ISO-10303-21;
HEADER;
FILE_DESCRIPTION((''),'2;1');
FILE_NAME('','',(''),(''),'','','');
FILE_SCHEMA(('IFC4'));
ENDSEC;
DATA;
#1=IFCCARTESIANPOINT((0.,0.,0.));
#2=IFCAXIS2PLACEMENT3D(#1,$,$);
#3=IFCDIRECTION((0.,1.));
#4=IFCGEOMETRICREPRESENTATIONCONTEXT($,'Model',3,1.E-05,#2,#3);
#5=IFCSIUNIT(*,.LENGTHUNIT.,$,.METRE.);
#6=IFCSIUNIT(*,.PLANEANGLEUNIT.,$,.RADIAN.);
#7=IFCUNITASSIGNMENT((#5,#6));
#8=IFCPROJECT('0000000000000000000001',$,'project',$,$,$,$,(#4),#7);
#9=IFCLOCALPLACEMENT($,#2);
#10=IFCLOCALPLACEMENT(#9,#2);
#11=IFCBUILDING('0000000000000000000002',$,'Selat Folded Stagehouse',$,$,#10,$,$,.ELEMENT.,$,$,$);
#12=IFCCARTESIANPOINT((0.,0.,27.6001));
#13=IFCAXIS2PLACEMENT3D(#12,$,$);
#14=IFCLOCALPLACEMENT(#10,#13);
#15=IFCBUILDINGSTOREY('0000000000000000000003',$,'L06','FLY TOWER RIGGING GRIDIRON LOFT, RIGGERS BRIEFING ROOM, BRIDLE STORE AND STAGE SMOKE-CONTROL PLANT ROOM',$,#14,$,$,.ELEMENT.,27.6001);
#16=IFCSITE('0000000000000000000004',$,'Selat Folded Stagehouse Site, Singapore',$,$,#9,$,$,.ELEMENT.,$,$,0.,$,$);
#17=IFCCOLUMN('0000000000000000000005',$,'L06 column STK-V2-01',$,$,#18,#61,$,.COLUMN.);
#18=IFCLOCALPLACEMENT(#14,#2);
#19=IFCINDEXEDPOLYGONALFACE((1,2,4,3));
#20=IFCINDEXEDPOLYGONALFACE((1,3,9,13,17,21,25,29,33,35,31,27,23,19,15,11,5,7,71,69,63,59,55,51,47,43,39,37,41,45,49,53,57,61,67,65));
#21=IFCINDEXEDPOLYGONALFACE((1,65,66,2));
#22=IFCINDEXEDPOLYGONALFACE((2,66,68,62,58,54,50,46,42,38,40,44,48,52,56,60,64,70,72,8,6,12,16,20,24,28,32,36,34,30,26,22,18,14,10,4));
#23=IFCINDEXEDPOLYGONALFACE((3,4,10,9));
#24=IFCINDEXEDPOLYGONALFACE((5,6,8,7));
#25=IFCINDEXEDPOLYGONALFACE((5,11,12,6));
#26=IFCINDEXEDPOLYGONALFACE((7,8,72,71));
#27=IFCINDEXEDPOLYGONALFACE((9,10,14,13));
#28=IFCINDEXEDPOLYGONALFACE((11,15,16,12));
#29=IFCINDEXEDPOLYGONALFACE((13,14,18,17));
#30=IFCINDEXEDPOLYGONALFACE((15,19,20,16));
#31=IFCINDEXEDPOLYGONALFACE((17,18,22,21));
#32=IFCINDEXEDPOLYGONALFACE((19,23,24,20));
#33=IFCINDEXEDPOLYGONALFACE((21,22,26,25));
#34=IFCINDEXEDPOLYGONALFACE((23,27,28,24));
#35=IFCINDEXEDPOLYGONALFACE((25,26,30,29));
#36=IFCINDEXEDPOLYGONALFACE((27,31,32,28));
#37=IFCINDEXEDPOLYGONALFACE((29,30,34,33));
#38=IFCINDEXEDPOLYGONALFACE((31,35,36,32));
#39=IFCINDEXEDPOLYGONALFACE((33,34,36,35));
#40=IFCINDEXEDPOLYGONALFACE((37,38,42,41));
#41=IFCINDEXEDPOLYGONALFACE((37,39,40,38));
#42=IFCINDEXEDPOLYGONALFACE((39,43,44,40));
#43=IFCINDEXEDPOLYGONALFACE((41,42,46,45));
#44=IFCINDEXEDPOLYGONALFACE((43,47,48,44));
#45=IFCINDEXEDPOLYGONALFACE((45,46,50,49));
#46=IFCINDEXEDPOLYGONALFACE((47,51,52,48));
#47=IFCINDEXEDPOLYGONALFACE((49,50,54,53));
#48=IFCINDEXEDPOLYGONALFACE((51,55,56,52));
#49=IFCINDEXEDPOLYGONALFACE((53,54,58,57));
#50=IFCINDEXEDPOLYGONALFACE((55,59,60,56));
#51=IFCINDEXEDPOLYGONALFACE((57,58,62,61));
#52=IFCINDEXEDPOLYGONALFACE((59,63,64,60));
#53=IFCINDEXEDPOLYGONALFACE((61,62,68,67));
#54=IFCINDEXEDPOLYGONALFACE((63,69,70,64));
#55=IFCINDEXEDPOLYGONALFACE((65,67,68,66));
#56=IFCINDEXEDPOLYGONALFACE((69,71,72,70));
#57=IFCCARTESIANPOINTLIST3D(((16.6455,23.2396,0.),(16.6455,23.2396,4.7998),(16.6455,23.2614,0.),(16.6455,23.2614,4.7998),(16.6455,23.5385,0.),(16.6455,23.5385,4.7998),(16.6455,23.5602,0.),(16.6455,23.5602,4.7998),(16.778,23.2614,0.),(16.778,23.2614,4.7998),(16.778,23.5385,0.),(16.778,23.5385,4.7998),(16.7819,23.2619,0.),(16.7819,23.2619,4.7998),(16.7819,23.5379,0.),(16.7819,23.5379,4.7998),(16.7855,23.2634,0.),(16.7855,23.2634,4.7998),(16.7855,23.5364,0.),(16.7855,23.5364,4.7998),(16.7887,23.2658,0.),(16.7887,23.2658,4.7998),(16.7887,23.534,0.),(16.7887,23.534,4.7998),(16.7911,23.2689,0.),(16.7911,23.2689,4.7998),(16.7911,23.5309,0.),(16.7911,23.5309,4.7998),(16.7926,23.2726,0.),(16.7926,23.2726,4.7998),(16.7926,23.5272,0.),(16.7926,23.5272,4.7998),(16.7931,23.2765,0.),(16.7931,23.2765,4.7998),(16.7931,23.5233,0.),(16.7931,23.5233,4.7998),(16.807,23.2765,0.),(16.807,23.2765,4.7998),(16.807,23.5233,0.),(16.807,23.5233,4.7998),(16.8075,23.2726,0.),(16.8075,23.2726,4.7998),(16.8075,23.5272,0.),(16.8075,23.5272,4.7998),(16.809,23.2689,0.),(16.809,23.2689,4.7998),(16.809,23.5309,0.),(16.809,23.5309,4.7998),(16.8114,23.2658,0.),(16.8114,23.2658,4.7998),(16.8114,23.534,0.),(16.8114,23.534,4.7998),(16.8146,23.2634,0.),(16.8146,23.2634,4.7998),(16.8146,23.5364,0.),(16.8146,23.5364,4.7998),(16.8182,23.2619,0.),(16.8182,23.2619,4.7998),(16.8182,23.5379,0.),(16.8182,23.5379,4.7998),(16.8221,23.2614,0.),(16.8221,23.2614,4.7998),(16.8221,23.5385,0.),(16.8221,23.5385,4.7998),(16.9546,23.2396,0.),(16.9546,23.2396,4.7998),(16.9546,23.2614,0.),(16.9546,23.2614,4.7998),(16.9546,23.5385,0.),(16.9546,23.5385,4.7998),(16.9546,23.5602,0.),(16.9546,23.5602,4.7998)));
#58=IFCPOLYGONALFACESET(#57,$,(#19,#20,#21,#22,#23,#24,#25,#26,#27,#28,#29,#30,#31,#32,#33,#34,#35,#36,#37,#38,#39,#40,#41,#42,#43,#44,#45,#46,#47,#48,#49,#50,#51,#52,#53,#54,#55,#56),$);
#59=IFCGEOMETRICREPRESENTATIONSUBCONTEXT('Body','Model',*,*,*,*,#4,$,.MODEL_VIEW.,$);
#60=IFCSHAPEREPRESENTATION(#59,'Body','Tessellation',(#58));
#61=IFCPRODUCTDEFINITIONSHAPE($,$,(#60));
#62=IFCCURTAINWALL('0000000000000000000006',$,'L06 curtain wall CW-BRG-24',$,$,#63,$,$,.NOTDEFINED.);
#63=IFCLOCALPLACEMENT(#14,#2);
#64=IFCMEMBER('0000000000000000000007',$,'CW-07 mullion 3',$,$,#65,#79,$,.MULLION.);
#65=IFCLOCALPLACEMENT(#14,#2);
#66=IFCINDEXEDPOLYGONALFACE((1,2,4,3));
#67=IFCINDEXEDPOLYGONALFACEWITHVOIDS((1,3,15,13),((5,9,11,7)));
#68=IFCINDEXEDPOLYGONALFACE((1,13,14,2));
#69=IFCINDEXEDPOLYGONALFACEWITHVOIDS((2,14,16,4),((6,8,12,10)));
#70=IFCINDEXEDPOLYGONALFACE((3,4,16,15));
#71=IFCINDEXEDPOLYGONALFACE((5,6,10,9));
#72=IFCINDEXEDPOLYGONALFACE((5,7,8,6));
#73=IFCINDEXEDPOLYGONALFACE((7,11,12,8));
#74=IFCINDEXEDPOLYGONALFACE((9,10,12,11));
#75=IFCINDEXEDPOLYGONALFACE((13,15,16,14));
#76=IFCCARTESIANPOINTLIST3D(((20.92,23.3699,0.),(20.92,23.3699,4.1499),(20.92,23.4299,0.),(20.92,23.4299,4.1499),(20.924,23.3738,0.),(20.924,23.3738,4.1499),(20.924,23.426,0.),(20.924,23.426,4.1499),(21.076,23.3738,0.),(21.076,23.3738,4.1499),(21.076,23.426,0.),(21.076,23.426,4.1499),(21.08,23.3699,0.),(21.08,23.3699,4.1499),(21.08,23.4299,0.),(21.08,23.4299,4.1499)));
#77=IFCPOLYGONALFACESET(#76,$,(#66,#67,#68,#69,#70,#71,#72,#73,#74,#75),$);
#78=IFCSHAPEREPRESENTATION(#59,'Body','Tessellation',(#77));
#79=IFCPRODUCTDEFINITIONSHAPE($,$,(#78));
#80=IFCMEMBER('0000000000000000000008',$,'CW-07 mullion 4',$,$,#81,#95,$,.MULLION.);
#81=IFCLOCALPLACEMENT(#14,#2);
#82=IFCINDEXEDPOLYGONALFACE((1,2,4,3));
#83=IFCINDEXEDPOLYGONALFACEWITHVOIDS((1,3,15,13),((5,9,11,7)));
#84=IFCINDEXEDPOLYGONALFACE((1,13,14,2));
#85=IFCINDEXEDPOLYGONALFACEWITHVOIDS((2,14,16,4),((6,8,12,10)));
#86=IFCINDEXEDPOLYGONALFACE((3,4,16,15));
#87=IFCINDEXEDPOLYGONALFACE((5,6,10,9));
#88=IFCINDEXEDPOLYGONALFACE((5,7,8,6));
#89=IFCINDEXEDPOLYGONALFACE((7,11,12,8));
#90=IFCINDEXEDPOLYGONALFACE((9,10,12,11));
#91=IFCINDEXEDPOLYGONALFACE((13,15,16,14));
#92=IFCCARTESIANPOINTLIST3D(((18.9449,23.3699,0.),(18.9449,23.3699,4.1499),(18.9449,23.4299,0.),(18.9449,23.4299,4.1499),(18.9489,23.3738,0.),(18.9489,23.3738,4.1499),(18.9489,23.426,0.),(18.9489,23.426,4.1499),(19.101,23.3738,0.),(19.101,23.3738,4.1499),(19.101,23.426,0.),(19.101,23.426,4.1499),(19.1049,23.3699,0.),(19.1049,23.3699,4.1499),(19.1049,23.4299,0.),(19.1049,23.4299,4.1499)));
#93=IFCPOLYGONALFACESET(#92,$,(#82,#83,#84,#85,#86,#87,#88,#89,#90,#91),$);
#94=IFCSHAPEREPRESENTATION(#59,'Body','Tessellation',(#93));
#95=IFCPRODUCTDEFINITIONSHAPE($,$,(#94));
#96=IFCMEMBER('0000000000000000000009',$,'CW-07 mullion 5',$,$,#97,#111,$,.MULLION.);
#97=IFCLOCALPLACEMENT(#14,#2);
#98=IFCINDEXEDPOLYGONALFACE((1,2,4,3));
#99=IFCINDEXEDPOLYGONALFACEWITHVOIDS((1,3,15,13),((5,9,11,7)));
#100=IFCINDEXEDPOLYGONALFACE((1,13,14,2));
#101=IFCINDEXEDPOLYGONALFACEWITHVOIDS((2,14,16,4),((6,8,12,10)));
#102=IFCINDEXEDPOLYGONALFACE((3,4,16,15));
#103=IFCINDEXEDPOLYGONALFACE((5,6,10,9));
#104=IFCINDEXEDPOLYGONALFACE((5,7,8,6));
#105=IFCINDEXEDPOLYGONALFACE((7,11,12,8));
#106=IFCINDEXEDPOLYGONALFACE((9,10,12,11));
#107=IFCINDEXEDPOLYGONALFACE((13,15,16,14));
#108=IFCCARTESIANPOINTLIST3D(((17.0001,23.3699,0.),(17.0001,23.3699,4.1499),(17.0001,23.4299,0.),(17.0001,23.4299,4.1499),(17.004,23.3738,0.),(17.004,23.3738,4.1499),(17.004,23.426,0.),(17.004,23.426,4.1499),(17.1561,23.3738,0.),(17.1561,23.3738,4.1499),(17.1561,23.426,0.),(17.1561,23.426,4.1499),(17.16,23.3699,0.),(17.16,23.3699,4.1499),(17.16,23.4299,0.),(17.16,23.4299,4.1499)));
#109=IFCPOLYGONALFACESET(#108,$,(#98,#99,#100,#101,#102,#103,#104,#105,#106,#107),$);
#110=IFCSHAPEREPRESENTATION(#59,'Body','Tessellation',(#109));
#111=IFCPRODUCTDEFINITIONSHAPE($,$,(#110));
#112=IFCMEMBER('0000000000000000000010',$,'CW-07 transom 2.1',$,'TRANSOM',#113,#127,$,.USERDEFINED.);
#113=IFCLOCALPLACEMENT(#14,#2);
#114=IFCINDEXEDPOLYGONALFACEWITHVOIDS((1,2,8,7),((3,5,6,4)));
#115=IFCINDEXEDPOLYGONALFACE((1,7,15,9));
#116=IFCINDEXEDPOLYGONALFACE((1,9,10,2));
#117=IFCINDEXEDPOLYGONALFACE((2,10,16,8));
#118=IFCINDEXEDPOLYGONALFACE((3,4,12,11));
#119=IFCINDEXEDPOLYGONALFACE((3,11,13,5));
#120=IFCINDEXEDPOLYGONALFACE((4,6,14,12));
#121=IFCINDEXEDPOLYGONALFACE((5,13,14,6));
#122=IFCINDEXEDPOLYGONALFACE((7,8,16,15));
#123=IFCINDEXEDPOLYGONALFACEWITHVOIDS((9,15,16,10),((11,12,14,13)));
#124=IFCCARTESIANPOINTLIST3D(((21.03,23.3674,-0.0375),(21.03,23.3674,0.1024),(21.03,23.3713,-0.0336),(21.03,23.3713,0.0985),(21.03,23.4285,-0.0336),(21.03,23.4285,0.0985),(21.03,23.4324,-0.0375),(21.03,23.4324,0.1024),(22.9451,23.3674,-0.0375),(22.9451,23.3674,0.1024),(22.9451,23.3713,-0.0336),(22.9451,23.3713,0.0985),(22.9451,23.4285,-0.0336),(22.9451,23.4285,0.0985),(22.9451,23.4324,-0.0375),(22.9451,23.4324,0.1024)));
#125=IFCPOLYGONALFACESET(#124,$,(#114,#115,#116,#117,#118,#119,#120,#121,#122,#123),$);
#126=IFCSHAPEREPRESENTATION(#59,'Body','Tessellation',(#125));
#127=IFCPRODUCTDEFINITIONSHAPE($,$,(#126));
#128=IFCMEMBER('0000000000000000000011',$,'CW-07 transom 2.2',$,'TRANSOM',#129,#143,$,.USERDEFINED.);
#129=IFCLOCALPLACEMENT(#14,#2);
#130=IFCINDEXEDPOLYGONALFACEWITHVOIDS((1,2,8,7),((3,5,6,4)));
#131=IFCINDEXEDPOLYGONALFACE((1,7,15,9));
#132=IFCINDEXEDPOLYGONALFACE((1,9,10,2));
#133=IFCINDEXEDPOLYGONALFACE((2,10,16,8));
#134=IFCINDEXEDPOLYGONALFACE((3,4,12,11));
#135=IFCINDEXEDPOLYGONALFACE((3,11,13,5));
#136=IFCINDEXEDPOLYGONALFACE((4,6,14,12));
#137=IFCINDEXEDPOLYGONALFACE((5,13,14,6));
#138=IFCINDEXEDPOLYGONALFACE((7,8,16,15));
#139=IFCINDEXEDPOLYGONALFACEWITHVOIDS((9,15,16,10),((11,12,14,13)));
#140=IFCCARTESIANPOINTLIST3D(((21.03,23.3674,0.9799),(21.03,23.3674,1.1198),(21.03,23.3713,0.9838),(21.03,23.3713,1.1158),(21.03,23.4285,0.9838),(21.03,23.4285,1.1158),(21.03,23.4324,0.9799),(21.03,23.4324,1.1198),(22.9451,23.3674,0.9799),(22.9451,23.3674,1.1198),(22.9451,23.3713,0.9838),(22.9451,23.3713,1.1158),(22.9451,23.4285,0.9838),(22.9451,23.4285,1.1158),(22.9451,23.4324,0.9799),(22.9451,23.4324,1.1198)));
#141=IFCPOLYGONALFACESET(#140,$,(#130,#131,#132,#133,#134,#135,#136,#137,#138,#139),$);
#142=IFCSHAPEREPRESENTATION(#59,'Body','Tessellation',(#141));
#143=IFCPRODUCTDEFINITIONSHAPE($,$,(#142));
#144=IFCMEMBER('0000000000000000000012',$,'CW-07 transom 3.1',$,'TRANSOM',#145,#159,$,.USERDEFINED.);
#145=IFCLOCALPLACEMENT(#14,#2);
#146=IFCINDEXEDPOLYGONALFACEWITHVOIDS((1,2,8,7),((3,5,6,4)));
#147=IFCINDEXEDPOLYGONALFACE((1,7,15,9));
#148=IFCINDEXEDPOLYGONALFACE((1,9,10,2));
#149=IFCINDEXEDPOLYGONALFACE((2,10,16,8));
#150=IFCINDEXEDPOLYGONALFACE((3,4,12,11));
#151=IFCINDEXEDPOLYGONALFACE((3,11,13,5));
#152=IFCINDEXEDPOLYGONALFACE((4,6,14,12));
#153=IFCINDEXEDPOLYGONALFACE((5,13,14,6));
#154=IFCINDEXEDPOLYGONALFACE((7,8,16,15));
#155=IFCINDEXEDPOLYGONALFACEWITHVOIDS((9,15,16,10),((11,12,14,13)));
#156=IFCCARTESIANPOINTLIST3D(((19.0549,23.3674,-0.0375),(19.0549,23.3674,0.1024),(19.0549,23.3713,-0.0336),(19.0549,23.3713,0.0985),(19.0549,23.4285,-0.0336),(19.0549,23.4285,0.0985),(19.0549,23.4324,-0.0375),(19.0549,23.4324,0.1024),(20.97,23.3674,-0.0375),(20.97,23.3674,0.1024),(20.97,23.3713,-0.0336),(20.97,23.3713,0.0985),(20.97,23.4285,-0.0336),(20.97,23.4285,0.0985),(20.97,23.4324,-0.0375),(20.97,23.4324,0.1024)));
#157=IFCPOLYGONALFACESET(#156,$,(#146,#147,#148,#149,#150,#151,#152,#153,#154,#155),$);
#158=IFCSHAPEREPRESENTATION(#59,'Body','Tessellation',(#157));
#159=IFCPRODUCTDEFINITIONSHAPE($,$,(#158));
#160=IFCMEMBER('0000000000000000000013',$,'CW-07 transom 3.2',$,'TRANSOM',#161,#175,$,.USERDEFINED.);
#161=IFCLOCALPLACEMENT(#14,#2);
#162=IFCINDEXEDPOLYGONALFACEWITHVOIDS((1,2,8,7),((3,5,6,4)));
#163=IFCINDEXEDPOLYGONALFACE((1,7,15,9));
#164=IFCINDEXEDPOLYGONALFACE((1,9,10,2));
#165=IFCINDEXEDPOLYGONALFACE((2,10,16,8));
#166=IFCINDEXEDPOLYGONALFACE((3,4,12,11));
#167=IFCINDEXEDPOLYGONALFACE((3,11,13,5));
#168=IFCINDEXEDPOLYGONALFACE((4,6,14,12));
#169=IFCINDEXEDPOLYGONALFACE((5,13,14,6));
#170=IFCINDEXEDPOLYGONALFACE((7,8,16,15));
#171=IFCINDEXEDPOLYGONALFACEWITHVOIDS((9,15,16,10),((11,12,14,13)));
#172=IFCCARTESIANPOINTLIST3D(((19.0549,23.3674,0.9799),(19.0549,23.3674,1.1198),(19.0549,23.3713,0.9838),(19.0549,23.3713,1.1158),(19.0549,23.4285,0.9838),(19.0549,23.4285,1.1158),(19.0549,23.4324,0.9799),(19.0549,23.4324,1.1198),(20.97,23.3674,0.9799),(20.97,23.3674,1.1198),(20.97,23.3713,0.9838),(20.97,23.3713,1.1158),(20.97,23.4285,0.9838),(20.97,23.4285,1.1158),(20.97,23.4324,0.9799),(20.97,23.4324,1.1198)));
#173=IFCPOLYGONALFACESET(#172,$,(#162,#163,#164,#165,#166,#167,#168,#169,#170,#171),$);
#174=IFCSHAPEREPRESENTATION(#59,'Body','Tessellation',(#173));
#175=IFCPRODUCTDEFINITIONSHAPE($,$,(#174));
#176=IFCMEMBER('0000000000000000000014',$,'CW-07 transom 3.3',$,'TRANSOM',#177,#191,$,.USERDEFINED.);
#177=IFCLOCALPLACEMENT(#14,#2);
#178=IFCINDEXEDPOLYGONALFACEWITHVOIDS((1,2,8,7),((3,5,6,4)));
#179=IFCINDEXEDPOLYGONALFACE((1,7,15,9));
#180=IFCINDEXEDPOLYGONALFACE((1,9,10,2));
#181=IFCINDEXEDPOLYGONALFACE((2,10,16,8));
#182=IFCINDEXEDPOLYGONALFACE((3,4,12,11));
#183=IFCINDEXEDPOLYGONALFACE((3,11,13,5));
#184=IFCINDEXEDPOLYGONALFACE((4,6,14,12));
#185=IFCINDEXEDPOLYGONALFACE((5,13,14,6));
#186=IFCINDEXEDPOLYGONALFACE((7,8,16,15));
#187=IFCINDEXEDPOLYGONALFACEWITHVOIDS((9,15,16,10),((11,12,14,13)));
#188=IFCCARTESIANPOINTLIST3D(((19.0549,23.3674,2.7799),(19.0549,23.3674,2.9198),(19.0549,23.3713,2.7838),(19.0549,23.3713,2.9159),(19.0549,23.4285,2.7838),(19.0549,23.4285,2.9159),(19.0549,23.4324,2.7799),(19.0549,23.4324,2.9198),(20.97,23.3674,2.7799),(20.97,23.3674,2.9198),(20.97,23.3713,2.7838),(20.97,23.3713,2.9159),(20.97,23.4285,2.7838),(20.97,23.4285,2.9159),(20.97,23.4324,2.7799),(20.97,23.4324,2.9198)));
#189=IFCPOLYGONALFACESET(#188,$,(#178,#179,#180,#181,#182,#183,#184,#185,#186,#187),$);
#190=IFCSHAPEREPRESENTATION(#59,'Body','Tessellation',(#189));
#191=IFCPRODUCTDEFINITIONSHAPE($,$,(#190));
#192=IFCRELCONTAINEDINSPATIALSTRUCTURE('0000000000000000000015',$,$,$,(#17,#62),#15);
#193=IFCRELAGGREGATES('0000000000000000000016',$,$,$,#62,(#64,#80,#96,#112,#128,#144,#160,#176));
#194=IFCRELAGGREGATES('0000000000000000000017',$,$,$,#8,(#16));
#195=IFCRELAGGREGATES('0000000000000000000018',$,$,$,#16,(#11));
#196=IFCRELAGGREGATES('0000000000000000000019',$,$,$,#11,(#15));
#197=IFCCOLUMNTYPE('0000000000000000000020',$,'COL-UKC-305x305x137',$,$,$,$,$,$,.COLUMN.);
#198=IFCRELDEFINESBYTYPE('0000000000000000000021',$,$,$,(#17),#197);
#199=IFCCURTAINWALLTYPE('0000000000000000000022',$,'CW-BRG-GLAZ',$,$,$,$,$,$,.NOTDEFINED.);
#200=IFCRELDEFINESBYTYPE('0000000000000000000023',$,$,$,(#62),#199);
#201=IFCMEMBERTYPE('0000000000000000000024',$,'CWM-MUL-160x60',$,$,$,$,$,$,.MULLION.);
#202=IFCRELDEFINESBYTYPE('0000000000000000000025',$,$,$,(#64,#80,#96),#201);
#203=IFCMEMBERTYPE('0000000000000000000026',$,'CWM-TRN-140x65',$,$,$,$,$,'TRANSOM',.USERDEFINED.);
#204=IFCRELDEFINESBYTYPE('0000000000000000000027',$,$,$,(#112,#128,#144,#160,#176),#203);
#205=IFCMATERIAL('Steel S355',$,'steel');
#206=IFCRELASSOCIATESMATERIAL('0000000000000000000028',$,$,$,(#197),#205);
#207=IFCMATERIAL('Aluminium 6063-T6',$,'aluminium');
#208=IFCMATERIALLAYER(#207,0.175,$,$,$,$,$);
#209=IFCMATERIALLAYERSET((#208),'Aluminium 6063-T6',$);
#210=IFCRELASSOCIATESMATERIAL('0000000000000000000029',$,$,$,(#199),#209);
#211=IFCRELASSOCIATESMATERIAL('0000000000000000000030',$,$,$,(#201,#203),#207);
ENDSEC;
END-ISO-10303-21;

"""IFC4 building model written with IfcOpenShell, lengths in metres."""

from ifc_helpers import new_model, si_unit, direction, frame, origin, origin_2d, place, context, subcontext, project, spatial, hollow_rectangle, i_section, extrude, material, layer, layer_set, material_profile, profile_set, type_object, element, aggregate, save


model = new_model("IFC4")

# Units and contexts
model_context = context("Model", 3, precision=1e-05, world=origin(), true_north=direction((0.0, 1.0)))
body_context = subcontext(model_context, "Body", "Model", "MODEL_VIEW")
ifc_project = project(units=[si_unit("LENGTHUNIT", "METRE"), si_unit("PLANEANGLEUNIT", "RADIAN")], contexts=[model_context])

# Site, building, storey
site_placement = place(None, origin())
site = spatial("IfcSite", under=ifc_project, at=site_placement, Name="Selat Folded Stagehouse Site, Singapore", CompositionType="ELEMENT", RefElevation=0.0)
building_placement = place(site_placement, origin())
building = spatial("IfcBuilding", under=site, at=building_placement, Name="Selat Folded Stagehouse", CompositionType="ELEMENT")
storey_placement = place(building_placement, frame((0.0, 0.0, 27.6001)))
storey = spatial("IfcBuildingStorey", under=building, at=storey_placement, Name="L06", Description="FLY TOWER RIGGING GRIDIRON LOFT, RIGGERS BRIEFING ROOM, BRIDLE STORE AND STAGE SMOKE-CONTROL PLANT ROOM", CompositionType="ELEMENT", Elevation=27.6001)

# Column
ifc_material_1 = material(Name="Steel S355", Category="steel")
ifc_material_profile_1 = material_profile(ifc_material_1, i_section(OverallWidth=0.3091, OverallDepth=0.3206, WebThickness=0.0139, FlangeThickness=0.0217, FilletRadius=0.0151, at=origin_2d()), Name="UKC 305x305x137")
ifc_profile_set_1 = profile_set([ifc_material_profile_1], Name="Steel S355")
column_type = type_object("IfcColumnType", Name="COL-UKC-305x305x137", PredefinedType="COLUMN", material=ifc_profile_set_1)
column_placement = place(storey_placement, frame((16.8, 23.3999, 0.0), z_axis=(0.0, 0.0, 1.0), x_axis=(1.0, 0.0, 0.0)))
element("IfcColumn", 1, at=column_placement, inside=storey, type_object=column_type, Name="L06 column STK-V2-01", PredefinedType="COLUMN", context=body_context, shape_type="SweptSolid", body=[
    extrude(i_section(OverallWidth=0.3091, OverallDepth=0.3206, WebThickness=0.0139, FlangeThickness=0.0217, FilletRadius=0.0151, at=origin_2d()), origin(), (0.0, 0.0, 1.0), 4.7998),
])

# Curtain wall, members
ifc_material_2 = material(Name="Aluminium 6063-T6", Category="aluminium")
ifc_layer_1 = layer(ifc_material_2, 0.175)
ifc_layer_set_1 = layer_set([ifc_layer_1], Name="Aluminium 6063-T6")
curtain_wall_type = type_object("IfcCurtainWallType", Name="CW-BRG-GLAZ", PredefinedType="NOTDEFINED", material=ifc_layer_set_1)
curtain_wall_placement = place(storey_placement, origin())
curtain_wall = element("IfcCurtainWall", 2, at=curtain_wall_placement, inside=storey, type_object=curtain_wall_type, Name="L06 curtain wall CW-BRG-24", PredefinedType="NOTDEFINED")
ifc_material_profile_2 = material_profile(ifc_material_2, hollow_rectangle(XDim=0.0601, YDim=0.1599, WallThickness=0.0039, at=origin_2d()), Name="ALU 160x60x4.0")
ifc_profile_set_2 = profile_set([ifc_material_profile_2], Name="Aluminium 6063-T6")
member_type_1 = type_object("IfcMemberType", Name="CWM-MUL-160x60", PredefinedType="MULLION", material=ifc_profile_set_2)
member_1_placement = place(storey_placement, frame((21.0, 23.3999, 0.0), z_axis=(0.0, 0.0, 1.0), x_axis=(0.0, -1.0, 0.0)))
member_1 = element("IfcMember", 3, at=member_1_placement, type_object=member_type_1, Name="CW-07 mullion 3", PredefinedType="MULLION", context=body_context, shape_type="SweptSolid", body=[
    extrude(hollow_rectangle(XDim=0.0601, YDim=0.1599, WallThickness=0.0039, at=origin_2d()), origin(), (0.0, 0.0, 1.0), 4.1499),
])
member_2_placement = place(storey_placement, frame((19.0249, 23.3999, 0.0), z_axis=(0.0, 0.0, 1.0), x_axis=(0.0, -1.0, 0.0)))
member_2 = element("IfcMember", 4, at=member_2_placement, type_object=member_type_1, Name="CW-07 mullion 4", PredefinedType="MULLION", context=body_context, shape_type="SweptSolid", body=[
    extrude(hollow_rectangle(XDim=0.0601, YDim=0.1599, WallThickness=0.0039, at=origin_2d()), origin(), (0.0, 0.0, 1.0), 4.1499),
])
member_3_placement = place(storey_placement, frame((17.0801, 23.3999, 0.0), z_axis=(0.0, 0.0, 1.0), x_axis=(0.0, -1.0, 0.0)))
member_3 = element("IfcMember", 5, at=member_3_placement, type_object=member_type_1, Name="CW-07 mullion 5", PredefinedType="MULLION", context=body_context, shape_type="SweptSolid", body=[
    extrude(hollow_rectangle(XDim=0.0601, YDim=0.1599, WallThickness=0.0039, at=origin_2d()), origin(), (0.0, 0.0, 1.0), 4.1499),
])
ifc_material_profile_3 = material_profile(ifc_material_2, hollow_rectangle(XDim=0.0649, YDim=0.1399, WallThickness=0.0039, at=origin_2d()), Name="ALU 140x65x4.0")
ifc_profile_set_3 = profile_set([ifc_material_profile_3], Name="Aluminium 6063-T6")
member_type_2 = type_object("IfcMemberType", Name="CWM-TRN-140x65", ElementType="TRANSOM", PredefinedType="USERDEFINED", material=ifc_profile_set_3)
member_4_placement = place(storey_placement, frame((22.9451, 23.3999, 0.0325), z_axis=(-1.0, 0.0, 0.0), x_axis=(0.0, -1.0, 0.0)))
member_4 = element("IfcMember", 6, at=member_4_placement, type_object=member_type_2, Name="CW-07 transom 2.1", ObjectType="TRANSOM", PredefinedType="USERDEFINED", context=body_context, shape_type="SweptSolid", body=[
    extrude(hollow_rectangle(XDim=0.0649, YDim=0.1399, WallThickness=0.0039, at=origin_2d()), origin(), (0.0, 0.0, 1.0), 1.915),
])
member_5_placement = place(storey_placement, frame((22.9451, 23.3999, 1.0498), z_axis=(-1.0, 0.0, 0.0), x_axis=(0.0, -1.0, 0.0)))
member_5 = element("IfcMember", 7, at=member_5_placement, type_object=member_type_2, Name="CW-07 transom 2.2", ObjectType="TRANSOM", PredefinedType="USERDEFINED", context=body_context, shape_type="SweptSolid", body=[
    extrude(hollow_rectangle(XDim=0.0649, YDim=0.1399, WallThickness=0.0039, at=origin_2d()), origin(), (0.0, 0.0, 1.0), 1.915),
])
member_6_placement = place(storey_placement, frame((20.97, 23.3999, 0.0325), z_axis=(-1.0, 0.0, 0.0), x_axis=(0.0, -1.0, 0.0)))
member_6 = element("IfcMember", 8, at=member_6_placement, type_object=member_type_2, Name="CW-07 transom 3.1", ObjectType="TRANSOM", PredefinedType="USERDEFINED", context=body_context, shape_type="SweptSolid", body=[
    extrude(hollow_rectangle(XDim=0.0649, YDim=0.1399, WallThickness=0.0039, at=origin_2d()), origin(), (0.0, 0.0, 1.0), 1.915),
])
member_7_placement = place(storey_placement, frame((20.97, 23.3999, 1.0498), z_axis=(-1.0, 0.0, 0.0), x_axis=(0.0, -1.0, 0.0)))
member_7 = element("IfcMember", 9, at=member_7_placement, type_object=member_type_2, Name="CW-07 transom 3.2", ObjectType="TRANSOM", PredefinedType="USERDEFINED", context=body_context, shape_type="SweptSolid", body=[
    extrude(hollow_rectangle(XDim=0.0649, YDim=0.1399, WallThickness=0.0039, at=origin_2d()), origin(), (0.0, 0.0, 1.0), 1.915),
])
member_8_placement = place(storey_placement, frame((20.97, 23.3999, 2.8499), z_axis=(-1.0, 0.0, 0.0), x_axis=(0.0, -1.0, 0.0)))
member_8 = element("IfcMember", 10, at=member_8_placement, type_object=member_type_2, Name="CW-07 transom 3.3", ObjectType="TRANSOM", PredefinedType="USERDEFINED", context=body_context, shape_type="SweptSolid", body=[
    extrude(hollow_rectangle(XDim=0.0649, YDim=0.1399, WallThickness=0.0039, at=origin_2d()), origin(), (0.0, 0.0, 1.0), 1.915),
])
aggregate(curtain_wall, [member_1, member_2, member_3, member_4, member_5, member_6, member_7, member_8])

save(model, "model.ifc")
